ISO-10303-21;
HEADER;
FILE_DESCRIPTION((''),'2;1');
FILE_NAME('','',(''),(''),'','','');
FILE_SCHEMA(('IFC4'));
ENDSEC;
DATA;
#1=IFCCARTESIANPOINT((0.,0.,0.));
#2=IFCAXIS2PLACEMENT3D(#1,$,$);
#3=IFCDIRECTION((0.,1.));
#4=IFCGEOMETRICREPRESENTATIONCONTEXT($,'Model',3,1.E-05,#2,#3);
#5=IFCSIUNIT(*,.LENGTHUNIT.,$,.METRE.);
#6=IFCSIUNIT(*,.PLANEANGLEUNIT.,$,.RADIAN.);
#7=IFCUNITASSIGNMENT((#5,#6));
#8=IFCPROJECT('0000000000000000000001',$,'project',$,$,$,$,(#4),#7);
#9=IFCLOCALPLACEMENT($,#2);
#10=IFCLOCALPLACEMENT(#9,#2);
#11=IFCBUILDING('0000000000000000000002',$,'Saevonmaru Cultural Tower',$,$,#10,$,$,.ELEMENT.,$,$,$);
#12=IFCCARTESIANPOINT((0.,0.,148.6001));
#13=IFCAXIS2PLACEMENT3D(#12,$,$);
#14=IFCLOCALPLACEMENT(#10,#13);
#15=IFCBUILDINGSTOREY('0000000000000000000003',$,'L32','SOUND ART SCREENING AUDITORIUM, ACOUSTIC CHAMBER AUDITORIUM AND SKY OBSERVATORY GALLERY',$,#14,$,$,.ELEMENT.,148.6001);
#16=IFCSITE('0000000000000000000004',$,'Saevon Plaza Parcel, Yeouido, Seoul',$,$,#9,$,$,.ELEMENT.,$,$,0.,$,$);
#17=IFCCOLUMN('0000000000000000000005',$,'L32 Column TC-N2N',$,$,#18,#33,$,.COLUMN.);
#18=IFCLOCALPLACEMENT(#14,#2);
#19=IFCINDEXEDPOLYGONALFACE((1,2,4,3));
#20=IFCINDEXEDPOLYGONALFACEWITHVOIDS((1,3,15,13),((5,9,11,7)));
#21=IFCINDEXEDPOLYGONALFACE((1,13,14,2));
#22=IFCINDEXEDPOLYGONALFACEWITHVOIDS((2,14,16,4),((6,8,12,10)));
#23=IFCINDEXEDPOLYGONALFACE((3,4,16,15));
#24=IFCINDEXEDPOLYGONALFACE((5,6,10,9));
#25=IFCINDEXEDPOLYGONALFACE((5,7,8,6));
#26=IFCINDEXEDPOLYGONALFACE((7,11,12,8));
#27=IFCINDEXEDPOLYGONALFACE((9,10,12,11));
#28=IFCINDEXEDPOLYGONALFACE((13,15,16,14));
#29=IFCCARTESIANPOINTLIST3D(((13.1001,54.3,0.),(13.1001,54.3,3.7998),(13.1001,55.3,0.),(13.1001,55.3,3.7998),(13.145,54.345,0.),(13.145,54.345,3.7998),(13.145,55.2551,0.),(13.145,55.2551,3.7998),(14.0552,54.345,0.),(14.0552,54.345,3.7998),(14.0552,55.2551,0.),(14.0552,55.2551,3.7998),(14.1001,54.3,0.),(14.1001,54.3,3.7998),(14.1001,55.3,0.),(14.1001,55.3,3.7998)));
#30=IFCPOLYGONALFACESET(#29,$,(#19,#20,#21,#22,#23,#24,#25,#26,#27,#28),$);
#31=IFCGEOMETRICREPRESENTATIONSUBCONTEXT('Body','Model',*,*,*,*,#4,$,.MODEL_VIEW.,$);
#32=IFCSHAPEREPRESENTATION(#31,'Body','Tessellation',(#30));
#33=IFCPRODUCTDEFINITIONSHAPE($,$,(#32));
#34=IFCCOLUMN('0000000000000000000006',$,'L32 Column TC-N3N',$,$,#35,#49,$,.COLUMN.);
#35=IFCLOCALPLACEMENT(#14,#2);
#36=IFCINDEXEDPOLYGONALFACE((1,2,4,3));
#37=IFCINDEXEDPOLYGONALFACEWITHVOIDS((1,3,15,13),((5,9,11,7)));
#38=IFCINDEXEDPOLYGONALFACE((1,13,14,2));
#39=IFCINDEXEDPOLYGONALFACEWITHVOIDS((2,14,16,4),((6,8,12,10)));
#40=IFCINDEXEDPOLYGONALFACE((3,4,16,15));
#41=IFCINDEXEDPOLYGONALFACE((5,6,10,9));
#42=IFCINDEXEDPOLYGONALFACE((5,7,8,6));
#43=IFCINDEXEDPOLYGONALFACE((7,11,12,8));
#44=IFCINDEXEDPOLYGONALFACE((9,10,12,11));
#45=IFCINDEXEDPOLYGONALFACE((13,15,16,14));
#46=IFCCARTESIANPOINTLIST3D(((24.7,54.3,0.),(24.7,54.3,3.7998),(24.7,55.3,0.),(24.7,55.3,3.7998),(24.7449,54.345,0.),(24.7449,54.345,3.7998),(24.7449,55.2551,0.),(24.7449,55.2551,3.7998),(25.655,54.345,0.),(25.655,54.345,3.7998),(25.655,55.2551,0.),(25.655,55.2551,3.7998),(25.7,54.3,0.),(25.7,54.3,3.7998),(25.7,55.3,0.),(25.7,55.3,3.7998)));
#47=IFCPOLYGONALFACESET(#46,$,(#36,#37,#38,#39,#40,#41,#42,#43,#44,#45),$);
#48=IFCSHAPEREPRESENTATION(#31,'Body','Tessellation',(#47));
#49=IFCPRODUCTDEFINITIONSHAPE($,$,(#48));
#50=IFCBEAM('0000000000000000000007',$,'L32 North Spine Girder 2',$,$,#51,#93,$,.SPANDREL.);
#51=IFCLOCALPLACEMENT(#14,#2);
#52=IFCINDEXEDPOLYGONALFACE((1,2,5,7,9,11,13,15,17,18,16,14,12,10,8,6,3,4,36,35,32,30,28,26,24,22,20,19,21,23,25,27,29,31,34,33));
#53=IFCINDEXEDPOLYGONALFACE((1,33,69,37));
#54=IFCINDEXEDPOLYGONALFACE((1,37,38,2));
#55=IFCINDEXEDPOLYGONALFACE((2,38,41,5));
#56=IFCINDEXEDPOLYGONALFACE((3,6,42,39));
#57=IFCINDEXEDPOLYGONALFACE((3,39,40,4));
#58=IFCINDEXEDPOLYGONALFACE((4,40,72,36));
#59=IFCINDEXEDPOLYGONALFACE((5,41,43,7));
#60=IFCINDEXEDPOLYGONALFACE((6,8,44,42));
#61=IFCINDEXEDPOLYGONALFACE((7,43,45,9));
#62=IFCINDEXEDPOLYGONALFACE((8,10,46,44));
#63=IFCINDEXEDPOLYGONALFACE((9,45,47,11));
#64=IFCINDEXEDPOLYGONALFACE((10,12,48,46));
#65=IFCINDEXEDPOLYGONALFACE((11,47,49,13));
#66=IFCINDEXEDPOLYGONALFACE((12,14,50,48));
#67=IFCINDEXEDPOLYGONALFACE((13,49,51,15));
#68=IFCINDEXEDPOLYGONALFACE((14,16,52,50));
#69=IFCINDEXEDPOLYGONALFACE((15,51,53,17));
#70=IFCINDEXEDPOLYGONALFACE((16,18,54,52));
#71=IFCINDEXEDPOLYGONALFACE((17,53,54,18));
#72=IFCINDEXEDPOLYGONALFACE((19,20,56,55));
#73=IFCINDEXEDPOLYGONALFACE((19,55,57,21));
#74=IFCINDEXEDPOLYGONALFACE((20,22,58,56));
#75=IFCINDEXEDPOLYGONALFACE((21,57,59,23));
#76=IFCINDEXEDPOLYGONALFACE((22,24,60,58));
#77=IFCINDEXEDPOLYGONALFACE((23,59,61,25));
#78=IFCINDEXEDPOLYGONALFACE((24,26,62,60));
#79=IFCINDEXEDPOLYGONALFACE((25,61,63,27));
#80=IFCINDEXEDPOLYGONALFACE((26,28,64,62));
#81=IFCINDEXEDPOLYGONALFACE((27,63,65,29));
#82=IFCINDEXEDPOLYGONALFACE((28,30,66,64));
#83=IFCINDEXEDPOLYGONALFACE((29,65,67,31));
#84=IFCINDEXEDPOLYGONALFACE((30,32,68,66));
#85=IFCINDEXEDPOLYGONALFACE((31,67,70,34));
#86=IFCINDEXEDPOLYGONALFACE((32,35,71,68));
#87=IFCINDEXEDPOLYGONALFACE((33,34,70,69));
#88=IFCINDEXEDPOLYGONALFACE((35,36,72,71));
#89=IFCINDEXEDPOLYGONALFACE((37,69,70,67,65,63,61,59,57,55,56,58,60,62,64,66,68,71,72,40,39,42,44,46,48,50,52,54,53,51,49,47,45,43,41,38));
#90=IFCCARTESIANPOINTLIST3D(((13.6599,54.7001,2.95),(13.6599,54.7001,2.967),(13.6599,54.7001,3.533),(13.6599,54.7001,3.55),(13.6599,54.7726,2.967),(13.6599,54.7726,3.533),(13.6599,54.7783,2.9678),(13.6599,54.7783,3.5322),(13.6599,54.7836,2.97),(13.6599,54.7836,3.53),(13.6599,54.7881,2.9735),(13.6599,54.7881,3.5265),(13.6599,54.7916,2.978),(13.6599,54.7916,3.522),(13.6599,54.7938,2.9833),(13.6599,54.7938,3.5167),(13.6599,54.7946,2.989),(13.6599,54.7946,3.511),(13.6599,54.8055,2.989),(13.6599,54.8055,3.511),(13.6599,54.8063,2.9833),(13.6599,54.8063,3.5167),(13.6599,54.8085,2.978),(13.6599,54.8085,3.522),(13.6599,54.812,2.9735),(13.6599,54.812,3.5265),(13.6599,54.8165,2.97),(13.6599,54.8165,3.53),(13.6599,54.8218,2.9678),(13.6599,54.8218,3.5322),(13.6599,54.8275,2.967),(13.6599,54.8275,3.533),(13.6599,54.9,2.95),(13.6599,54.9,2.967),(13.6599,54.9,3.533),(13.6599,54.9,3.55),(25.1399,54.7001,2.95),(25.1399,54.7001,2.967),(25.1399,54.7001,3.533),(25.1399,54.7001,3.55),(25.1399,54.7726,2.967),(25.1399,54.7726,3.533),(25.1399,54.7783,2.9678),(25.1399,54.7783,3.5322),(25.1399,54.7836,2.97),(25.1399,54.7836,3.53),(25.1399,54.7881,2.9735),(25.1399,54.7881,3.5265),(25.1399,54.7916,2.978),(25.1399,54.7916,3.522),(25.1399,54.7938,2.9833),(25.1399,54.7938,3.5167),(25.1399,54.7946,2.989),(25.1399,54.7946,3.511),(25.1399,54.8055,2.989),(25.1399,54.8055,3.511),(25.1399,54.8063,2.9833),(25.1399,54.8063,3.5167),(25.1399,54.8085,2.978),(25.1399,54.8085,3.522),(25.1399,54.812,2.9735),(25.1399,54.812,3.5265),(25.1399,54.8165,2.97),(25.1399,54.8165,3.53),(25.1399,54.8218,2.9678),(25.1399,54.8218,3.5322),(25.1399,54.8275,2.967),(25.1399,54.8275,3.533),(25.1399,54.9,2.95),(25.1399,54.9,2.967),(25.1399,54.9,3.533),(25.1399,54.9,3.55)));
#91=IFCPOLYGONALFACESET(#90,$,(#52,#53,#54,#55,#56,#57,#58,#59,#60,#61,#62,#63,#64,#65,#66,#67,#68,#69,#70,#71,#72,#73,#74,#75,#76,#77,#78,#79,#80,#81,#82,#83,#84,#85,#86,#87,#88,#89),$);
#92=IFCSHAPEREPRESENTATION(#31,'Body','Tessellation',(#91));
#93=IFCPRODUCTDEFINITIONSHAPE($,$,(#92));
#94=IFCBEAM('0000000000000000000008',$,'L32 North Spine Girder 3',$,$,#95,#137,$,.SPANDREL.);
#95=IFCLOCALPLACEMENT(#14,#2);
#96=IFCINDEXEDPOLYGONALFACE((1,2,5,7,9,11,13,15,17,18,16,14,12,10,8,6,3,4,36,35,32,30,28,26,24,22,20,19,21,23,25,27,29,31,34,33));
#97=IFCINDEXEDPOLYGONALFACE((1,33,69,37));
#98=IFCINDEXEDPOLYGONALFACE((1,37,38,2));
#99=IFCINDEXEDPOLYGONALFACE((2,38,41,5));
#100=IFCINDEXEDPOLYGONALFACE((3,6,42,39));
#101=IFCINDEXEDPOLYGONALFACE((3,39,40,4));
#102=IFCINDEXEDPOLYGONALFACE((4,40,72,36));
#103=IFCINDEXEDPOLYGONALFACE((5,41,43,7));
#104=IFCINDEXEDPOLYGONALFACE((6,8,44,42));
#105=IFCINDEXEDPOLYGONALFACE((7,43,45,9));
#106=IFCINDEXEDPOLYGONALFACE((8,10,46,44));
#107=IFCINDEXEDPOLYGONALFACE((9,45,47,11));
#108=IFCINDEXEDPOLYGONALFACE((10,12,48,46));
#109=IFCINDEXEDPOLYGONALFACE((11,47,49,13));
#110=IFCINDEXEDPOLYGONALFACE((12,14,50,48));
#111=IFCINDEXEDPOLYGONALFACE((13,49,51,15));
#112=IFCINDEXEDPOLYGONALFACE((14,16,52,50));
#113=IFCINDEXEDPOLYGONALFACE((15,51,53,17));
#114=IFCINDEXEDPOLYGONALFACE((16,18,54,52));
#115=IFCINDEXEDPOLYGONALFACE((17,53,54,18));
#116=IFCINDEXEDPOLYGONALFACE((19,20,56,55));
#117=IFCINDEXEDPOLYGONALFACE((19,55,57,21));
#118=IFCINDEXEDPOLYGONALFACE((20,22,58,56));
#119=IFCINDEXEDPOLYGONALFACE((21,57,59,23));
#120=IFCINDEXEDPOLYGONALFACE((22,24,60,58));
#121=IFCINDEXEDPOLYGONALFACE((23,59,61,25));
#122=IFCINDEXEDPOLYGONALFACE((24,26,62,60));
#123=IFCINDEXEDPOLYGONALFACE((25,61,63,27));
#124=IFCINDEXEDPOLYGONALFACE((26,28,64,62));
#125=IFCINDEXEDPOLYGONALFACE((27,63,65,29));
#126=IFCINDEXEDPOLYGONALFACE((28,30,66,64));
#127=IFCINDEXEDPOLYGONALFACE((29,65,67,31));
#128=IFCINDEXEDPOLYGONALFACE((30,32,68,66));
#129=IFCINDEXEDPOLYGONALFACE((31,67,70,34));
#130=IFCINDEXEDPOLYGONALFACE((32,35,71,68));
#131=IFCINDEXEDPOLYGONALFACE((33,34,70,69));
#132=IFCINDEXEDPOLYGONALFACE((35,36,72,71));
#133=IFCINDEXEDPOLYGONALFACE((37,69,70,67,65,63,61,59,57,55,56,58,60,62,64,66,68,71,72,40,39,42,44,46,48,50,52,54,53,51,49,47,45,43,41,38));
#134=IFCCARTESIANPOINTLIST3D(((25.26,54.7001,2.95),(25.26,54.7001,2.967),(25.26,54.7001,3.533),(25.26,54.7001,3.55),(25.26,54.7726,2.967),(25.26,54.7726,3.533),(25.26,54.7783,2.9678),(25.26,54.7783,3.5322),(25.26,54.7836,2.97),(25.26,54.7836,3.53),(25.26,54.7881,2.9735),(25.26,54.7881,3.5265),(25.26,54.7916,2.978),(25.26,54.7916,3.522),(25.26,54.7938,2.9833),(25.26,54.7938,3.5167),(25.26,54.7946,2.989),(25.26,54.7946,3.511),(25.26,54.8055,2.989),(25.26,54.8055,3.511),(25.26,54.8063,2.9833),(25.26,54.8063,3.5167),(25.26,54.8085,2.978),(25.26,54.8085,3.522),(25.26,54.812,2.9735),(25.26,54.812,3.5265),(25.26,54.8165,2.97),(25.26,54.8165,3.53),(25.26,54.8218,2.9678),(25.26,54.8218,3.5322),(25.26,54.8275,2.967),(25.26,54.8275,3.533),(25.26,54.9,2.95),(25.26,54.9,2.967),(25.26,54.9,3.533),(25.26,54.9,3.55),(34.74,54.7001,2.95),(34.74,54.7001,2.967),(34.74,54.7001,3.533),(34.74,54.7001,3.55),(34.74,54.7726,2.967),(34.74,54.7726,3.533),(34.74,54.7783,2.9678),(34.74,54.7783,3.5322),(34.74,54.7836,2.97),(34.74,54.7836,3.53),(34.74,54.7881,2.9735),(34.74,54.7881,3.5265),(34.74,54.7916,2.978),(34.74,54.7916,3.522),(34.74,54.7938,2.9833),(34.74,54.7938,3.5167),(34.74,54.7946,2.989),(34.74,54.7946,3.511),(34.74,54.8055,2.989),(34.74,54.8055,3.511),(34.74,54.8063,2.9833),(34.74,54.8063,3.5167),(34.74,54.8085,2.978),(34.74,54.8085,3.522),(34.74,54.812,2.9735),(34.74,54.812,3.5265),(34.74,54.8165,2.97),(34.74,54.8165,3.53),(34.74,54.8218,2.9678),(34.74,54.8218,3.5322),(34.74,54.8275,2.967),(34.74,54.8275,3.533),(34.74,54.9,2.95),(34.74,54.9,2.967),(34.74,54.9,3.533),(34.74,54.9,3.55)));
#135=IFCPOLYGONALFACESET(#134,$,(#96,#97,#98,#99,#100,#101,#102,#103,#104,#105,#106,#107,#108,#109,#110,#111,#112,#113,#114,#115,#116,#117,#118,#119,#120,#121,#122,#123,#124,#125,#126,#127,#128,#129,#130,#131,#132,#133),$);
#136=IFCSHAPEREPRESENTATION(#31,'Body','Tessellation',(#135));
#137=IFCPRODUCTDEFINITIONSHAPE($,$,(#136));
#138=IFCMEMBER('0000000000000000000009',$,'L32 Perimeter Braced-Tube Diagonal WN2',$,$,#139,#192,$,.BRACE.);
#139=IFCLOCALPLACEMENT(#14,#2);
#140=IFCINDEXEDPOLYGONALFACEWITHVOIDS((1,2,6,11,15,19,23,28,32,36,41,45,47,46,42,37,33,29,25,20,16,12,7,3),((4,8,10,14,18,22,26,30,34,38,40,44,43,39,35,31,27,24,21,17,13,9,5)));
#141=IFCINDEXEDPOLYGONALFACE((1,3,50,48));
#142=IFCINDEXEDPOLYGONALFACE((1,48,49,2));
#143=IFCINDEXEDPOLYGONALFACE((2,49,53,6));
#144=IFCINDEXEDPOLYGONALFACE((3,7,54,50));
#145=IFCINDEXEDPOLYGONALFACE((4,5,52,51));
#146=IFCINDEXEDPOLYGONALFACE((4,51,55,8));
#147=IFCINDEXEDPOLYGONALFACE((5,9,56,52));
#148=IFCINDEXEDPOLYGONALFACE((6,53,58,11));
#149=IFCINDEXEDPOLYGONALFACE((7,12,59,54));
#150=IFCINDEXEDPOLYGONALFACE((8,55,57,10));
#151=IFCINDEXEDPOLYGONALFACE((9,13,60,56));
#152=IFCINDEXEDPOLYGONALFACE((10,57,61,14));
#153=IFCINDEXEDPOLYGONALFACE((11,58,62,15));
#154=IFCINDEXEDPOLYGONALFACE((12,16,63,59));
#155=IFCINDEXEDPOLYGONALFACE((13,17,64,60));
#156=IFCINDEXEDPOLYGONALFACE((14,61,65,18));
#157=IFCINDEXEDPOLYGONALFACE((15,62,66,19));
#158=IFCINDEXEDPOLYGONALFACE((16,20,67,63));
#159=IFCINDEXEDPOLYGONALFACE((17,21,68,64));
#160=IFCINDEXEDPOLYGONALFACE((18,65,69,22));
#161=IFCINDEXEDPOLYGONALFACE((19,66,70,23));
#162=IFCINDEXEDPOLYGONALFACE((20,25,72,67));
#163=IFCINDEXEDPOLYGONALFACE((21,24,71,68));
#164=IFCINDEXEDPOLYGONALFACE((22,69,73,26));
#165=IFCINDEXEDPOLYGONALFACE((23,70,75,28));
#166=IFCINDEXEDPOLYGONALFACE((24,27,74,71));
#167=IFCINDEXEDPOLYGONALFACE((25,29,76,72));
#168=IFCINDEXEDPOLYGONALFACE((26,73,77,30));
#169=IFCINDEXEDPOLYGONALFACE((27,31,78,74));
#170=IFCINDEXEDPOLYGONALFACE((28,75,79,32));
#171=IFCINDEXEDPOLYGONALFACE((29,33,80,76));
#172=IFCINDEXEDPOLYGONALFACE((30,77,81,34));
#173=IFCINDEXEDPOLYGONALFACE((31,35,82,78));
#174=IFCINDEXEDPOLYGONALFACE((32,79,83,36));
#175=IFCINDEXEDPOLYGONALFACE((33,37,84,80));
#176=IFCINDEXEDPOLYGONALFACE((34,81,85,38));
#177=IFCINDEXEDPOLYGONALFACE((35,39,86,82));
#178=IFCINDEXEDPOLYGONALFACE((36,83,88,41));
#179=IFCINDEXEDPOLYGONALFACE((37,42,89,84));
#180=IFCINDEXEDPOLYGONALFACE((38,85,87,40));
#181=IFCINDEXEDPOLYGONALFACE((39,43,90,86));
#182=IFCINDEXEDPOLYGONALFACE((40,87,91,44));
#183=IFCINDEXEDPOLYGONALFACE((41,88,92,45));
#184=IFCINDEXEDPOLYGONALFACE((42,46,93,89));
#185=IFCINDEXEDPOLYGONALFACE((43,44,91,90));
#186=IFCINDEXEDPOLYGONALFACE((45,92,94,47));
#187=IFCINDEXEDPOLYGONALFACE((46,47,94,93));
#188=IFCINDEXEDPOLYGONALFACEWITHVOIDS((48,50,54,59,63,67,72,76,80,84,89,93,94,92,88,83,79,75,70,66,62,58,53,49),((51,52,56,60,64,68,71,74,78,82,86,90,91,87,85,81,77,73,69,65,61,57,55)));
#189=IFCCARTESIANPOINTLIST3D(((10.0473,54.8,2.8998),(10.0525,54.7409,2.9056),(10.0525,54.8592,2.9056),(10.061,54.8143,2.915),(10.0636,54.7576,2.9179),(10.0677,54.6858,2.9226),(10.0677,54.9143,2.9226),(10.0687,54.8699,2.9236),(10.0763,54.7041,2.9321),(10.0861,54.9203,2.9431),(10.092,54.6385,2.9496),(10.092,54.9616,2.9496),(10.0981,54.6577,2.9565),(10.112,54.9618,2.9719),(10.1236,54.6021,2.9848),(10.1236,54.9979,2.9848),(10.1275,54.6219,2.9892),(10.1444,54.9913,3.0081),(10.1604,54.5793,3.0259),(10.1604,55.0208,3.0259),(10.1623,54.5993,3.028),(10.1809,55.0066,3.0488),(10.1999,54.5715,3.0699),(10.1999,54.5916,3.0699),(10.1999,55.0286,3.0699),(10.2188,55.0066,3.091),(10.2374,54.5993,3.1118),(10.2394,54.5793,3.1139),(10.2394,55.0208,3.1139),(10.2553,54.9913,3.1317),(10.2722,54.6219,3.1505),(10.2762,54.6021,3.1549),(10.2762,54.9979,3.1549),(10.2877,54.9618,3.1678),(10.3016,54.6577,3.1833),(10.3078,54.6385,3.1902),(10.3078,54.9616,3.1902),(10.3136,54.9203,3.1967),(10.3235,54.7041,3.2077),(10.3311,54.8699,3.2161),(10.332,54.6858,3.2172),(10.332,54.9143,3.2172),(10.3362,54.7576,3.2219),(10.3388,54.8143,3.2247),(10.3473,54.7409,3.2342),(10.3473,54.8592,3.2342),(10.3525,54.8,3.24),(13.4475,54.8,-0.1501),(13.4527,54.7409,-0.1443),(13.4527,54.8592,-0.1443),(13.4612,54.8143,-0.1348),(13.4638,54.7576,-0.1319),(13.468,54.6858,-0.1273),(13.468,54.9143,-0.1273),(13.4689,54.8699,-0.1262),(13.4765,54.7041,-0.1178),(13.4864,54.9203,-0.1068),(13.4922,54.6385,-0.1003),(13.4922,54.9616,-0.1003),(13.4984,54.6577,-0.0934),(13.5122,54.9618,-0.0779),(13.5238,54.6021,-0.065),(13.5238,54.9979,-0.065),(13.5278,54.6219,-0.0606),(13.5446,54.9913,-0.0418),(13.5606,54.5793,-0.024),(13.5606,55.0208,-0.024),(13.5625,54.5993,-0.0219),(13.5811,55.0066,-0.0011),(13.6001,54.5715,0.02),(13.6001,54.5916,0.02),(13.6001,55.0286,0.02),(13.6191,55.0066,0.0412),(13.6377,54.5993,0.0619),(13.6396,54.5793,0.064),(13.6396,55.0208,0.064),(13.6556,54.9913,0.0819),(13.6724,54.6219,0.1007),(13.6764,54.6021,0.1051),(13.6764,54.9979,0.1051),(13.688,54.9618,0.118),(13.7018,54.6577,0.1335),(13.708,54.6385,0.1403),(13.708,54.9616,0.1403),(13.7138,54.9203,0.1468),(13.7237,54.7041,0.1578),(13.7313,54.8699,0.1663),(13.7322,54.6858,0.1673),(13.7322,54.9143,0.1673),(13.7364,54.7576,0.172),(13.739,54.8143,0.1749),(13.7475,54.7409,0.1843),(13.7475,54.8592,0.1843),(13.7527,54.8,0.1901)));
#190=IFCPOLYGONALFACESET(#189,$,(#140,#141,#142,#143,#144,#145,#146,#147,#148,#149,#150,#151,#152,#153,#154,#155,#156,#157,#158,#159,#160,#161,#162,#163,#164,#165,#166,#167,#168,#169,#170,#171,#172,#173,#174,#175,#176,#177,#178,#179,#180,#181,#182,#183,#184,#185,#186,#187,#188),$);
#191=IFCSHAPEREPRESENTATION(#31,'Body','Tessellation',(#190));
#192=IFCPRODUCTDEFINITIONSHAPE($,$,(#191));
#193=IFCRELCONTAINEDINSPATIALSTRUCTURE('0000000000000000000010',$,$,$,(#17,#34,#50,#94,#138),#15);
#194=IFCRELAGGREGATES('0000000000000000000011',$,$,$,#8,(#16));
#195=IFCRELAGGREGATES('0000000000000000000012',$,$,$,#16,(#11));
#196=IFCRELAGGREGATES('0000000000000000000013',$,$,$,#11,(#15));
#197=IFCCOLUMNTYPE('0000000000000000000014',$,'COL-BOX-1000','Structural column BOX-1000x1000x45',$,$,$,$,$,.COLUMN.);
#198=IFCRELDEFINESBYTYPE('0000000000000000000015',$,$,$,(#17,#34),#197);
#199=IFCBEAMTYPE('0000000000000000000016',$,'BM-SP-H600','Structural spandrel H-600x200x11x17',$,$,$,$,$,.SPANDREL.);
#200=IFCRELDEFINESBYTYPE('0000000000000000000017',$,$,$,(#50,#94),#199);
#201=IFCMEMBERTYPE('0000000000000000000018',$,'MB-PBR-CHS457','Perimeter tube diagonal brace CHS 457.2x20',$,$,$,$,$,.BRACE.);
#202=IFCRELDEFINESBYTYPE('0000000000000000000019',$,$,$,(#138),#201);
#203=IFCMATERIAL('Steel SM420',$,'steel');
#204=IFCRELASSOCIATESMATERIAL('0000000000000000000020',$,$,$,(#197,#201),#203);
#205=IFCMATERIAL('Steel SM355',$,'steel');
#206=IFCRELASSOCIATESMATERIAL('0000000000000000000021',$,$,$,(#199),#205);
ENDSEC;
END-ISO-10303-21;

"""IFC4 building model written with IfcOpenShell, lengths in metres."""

from ifc_helpers import new_model, si_unit, direction, frame, origin, origin_2d, place, context, subcontext, project, spatial, hollow_rectangle, hollow_circle, i_section, extrude, material, material_profile, profile_set, type_object, element, save


model = new_model("IFC4")

# Units and contexts
model_context = context("Model", 3, precision=1e-05, world=origin(), true_north=direction((0.0, 1.0)))
body_context = subcontext(model_context, "Body", "Model", "MODEL_VIEW")
ifc_project = project(units=[si_unit("LENGTHUNIT", "METRE"), si_unit("PLANEANGLEUNIT", "RADIAN")], contexts=[model_context])

# Site, building, storey
site_placement = place(None, origin())
site = spatial("IfcSite", under=ifc_project, at=site_placement, Name="Saevon Plaza Parcel, Yeouido, Seoul", CompositionType="ELEMENT", RefElevation=0.0)
building_placement = place(site_placement, origin())
building = spatial("IfcBuilding", under=site, at=building_placement, Name="Saevonmaru Cultural Tower", CompositionType="ELEMENT")
storey_placement = place(building_placement, frame((0.0, 0.0, 148.6001)))
storey = spatial("IfcBuildingStorey", under=building, at=storey_placement, Name="L32", Description="SOUND ART SCREENING AUDITORIUM, ACOUSTIC CHAMBER AUDITORIUM AND SKY OBSERVATORY GALLERY", CompositionType="ELEMENT", Elevation=148.6001)

# Columns
ifc_material_1 = material(Name="Steel SM420", Category="steel")
ifc_material_profile_1 = material_profile(ifc_material_1, hollow_rectangle(XDim=1.0, YDim=1.0, WallThickness=0.0449, at=origin_2d()), Name="BOX-1000x1000x45")
ifc_profile_set_1 = profile_set([ifc_material_profile_1], Name="Steel SM420")
column_type = type_object("IfcColumnType", Name="COL-BOX-1000", Description="Structural column BOX-1000x1000x45", PredefinedType="COLUMN", material=ifc_profile_set_1)
for number, where, z_axis, x_axis, name in (
    (1, (13.6001, 54.8, 0.0), (0.0, 0.0, 1.0), (1.0, 0.0, 0.0), "L32 Column TC-N2N"),
    (2, (25.2, 54.8, 0.0), (0.0, 0.0, 1.0), (1.0, 0.0, 0.0), "L32 Column TC-N3N"),
):
    element("IfcColumn", number, at=place(storey_placement, frame(where, z_axis=z_axis, x_axis=x_axis)), inside=storey, type_object=column_type, Name=name, PredefinedType="COLUMN", context=body_context, shape_type="SweptSolid", body=[
        extrude(hollow_rectangle(XDim=1.0, YDim=1.0, WallThickness=0.0449, at=origin_2d()), origin(), (0.0, 0.0, 1.0), 3.7998),
    ])

# Beams
ifc_material_2 = material(Name="Steel SM355", Category="steel")
ifc_material_profile_2 = material_profile(ifc_material_2, i_section(OverallWidth=0.2, OverallDepth=0.6001, WebThickness=0.011, FlangeThickness=0.0171, FilletRadius=0.022, at=origin_2d()), Name="H-600x200x11x17")
ifc_profile_set_2 = profile_set([ifc_material_profile_2], Name="Steel SM355")
beam_type = type_object("IfcBeamType", Name="BM-SP-H600", Description="Structural spandrel H-600x200x11x17", PredefinedType="SPANDREL", material=ifc_profile_set_2)
beam_1_placement = place(storey_placement, frame((13.6599, 54.8, 3.25), z_axis=(1.0, 0.0, 0.0), x_axis=(0.0, 1.0, 0.0)))
element("IfcBeam", 3, at=beam_1_placement, inside=storey, type_object=beam_type, Name="L32 North Spine Girder 2", PredefinedType="SPANDREL", context=body_context, shape_type="SweptSolid", body=[
    extrude(i_section(OverallWidth=0.2, OverallDepth=0.6001, WebThickness=0.011, FlangeThickness=0.0171, FilletRadius=0.022, at=origin_2d()), origin(), (0.0, 0.0, 1.0), 11.48),
])
beam_2_placement = place(storey_placement, frame((25.26, 54.8, 3.25), z_axis=(1.0, 0.0, 0.0), x_axis=(0.0, 1.0, 0.0)))
element("IfcBeam", 4, at=beam_2_placement, inside=storey, type_object=beam_type, Name="L32 North Spine Girder 3", PredefinedType="SPANDREL", context=body_context, shape_type="SweptSolid", body=[
    extrude(i_section(OverallWidth=0.2, OverallDepth=0.6001, WebThickness=0.011, FlangeThickness=0.0171, FilletRadius=0.022, at=origin_2d()), origin(), (0.0, 0.0, 1.0), 9.48),
])

# Member
ifc_material_profile_3 = material_profile(ifc_material_1, hollow_circle(Radius=0.2285, WallThickness=0.02, at=origin_2d()), Name="CHS-457.2x20")
ifc_profile_set_3 = profile_set([ifc_material_profile_3], Name="Steel SM420")
member_type_1 = type_object("IfcMemberType", Name="MB-PBR-CHS457", Description="Perimeter tube diagonal brace CHS 457.2x20", PredefinedType="BRACE", material=ifc_profile_set_3)
member_1_placement = place(storey_placement, frame((13.6001, 54.8, 0.02), z_axis=(-0.744417, 0.0, 0.667715), x_axis=(0.0, -1.0, 0.0)))
element("IfcMember", 5, at=member_1_placement, inside=storey, type_object=member_type_1, Name="L32 Perimeter Braced-Tube Diagonal WN2", PredefinedType="BRACE", context=body_context, shape_type="SweptSolid", body=[
    extrude(hollow_circle(Radius=0.2285, WallThickness=0.02, at=origin_2d()), origin(), (0.0, 0.0, 1.0), 4.5676),
])

save(model, "model.ifc")
